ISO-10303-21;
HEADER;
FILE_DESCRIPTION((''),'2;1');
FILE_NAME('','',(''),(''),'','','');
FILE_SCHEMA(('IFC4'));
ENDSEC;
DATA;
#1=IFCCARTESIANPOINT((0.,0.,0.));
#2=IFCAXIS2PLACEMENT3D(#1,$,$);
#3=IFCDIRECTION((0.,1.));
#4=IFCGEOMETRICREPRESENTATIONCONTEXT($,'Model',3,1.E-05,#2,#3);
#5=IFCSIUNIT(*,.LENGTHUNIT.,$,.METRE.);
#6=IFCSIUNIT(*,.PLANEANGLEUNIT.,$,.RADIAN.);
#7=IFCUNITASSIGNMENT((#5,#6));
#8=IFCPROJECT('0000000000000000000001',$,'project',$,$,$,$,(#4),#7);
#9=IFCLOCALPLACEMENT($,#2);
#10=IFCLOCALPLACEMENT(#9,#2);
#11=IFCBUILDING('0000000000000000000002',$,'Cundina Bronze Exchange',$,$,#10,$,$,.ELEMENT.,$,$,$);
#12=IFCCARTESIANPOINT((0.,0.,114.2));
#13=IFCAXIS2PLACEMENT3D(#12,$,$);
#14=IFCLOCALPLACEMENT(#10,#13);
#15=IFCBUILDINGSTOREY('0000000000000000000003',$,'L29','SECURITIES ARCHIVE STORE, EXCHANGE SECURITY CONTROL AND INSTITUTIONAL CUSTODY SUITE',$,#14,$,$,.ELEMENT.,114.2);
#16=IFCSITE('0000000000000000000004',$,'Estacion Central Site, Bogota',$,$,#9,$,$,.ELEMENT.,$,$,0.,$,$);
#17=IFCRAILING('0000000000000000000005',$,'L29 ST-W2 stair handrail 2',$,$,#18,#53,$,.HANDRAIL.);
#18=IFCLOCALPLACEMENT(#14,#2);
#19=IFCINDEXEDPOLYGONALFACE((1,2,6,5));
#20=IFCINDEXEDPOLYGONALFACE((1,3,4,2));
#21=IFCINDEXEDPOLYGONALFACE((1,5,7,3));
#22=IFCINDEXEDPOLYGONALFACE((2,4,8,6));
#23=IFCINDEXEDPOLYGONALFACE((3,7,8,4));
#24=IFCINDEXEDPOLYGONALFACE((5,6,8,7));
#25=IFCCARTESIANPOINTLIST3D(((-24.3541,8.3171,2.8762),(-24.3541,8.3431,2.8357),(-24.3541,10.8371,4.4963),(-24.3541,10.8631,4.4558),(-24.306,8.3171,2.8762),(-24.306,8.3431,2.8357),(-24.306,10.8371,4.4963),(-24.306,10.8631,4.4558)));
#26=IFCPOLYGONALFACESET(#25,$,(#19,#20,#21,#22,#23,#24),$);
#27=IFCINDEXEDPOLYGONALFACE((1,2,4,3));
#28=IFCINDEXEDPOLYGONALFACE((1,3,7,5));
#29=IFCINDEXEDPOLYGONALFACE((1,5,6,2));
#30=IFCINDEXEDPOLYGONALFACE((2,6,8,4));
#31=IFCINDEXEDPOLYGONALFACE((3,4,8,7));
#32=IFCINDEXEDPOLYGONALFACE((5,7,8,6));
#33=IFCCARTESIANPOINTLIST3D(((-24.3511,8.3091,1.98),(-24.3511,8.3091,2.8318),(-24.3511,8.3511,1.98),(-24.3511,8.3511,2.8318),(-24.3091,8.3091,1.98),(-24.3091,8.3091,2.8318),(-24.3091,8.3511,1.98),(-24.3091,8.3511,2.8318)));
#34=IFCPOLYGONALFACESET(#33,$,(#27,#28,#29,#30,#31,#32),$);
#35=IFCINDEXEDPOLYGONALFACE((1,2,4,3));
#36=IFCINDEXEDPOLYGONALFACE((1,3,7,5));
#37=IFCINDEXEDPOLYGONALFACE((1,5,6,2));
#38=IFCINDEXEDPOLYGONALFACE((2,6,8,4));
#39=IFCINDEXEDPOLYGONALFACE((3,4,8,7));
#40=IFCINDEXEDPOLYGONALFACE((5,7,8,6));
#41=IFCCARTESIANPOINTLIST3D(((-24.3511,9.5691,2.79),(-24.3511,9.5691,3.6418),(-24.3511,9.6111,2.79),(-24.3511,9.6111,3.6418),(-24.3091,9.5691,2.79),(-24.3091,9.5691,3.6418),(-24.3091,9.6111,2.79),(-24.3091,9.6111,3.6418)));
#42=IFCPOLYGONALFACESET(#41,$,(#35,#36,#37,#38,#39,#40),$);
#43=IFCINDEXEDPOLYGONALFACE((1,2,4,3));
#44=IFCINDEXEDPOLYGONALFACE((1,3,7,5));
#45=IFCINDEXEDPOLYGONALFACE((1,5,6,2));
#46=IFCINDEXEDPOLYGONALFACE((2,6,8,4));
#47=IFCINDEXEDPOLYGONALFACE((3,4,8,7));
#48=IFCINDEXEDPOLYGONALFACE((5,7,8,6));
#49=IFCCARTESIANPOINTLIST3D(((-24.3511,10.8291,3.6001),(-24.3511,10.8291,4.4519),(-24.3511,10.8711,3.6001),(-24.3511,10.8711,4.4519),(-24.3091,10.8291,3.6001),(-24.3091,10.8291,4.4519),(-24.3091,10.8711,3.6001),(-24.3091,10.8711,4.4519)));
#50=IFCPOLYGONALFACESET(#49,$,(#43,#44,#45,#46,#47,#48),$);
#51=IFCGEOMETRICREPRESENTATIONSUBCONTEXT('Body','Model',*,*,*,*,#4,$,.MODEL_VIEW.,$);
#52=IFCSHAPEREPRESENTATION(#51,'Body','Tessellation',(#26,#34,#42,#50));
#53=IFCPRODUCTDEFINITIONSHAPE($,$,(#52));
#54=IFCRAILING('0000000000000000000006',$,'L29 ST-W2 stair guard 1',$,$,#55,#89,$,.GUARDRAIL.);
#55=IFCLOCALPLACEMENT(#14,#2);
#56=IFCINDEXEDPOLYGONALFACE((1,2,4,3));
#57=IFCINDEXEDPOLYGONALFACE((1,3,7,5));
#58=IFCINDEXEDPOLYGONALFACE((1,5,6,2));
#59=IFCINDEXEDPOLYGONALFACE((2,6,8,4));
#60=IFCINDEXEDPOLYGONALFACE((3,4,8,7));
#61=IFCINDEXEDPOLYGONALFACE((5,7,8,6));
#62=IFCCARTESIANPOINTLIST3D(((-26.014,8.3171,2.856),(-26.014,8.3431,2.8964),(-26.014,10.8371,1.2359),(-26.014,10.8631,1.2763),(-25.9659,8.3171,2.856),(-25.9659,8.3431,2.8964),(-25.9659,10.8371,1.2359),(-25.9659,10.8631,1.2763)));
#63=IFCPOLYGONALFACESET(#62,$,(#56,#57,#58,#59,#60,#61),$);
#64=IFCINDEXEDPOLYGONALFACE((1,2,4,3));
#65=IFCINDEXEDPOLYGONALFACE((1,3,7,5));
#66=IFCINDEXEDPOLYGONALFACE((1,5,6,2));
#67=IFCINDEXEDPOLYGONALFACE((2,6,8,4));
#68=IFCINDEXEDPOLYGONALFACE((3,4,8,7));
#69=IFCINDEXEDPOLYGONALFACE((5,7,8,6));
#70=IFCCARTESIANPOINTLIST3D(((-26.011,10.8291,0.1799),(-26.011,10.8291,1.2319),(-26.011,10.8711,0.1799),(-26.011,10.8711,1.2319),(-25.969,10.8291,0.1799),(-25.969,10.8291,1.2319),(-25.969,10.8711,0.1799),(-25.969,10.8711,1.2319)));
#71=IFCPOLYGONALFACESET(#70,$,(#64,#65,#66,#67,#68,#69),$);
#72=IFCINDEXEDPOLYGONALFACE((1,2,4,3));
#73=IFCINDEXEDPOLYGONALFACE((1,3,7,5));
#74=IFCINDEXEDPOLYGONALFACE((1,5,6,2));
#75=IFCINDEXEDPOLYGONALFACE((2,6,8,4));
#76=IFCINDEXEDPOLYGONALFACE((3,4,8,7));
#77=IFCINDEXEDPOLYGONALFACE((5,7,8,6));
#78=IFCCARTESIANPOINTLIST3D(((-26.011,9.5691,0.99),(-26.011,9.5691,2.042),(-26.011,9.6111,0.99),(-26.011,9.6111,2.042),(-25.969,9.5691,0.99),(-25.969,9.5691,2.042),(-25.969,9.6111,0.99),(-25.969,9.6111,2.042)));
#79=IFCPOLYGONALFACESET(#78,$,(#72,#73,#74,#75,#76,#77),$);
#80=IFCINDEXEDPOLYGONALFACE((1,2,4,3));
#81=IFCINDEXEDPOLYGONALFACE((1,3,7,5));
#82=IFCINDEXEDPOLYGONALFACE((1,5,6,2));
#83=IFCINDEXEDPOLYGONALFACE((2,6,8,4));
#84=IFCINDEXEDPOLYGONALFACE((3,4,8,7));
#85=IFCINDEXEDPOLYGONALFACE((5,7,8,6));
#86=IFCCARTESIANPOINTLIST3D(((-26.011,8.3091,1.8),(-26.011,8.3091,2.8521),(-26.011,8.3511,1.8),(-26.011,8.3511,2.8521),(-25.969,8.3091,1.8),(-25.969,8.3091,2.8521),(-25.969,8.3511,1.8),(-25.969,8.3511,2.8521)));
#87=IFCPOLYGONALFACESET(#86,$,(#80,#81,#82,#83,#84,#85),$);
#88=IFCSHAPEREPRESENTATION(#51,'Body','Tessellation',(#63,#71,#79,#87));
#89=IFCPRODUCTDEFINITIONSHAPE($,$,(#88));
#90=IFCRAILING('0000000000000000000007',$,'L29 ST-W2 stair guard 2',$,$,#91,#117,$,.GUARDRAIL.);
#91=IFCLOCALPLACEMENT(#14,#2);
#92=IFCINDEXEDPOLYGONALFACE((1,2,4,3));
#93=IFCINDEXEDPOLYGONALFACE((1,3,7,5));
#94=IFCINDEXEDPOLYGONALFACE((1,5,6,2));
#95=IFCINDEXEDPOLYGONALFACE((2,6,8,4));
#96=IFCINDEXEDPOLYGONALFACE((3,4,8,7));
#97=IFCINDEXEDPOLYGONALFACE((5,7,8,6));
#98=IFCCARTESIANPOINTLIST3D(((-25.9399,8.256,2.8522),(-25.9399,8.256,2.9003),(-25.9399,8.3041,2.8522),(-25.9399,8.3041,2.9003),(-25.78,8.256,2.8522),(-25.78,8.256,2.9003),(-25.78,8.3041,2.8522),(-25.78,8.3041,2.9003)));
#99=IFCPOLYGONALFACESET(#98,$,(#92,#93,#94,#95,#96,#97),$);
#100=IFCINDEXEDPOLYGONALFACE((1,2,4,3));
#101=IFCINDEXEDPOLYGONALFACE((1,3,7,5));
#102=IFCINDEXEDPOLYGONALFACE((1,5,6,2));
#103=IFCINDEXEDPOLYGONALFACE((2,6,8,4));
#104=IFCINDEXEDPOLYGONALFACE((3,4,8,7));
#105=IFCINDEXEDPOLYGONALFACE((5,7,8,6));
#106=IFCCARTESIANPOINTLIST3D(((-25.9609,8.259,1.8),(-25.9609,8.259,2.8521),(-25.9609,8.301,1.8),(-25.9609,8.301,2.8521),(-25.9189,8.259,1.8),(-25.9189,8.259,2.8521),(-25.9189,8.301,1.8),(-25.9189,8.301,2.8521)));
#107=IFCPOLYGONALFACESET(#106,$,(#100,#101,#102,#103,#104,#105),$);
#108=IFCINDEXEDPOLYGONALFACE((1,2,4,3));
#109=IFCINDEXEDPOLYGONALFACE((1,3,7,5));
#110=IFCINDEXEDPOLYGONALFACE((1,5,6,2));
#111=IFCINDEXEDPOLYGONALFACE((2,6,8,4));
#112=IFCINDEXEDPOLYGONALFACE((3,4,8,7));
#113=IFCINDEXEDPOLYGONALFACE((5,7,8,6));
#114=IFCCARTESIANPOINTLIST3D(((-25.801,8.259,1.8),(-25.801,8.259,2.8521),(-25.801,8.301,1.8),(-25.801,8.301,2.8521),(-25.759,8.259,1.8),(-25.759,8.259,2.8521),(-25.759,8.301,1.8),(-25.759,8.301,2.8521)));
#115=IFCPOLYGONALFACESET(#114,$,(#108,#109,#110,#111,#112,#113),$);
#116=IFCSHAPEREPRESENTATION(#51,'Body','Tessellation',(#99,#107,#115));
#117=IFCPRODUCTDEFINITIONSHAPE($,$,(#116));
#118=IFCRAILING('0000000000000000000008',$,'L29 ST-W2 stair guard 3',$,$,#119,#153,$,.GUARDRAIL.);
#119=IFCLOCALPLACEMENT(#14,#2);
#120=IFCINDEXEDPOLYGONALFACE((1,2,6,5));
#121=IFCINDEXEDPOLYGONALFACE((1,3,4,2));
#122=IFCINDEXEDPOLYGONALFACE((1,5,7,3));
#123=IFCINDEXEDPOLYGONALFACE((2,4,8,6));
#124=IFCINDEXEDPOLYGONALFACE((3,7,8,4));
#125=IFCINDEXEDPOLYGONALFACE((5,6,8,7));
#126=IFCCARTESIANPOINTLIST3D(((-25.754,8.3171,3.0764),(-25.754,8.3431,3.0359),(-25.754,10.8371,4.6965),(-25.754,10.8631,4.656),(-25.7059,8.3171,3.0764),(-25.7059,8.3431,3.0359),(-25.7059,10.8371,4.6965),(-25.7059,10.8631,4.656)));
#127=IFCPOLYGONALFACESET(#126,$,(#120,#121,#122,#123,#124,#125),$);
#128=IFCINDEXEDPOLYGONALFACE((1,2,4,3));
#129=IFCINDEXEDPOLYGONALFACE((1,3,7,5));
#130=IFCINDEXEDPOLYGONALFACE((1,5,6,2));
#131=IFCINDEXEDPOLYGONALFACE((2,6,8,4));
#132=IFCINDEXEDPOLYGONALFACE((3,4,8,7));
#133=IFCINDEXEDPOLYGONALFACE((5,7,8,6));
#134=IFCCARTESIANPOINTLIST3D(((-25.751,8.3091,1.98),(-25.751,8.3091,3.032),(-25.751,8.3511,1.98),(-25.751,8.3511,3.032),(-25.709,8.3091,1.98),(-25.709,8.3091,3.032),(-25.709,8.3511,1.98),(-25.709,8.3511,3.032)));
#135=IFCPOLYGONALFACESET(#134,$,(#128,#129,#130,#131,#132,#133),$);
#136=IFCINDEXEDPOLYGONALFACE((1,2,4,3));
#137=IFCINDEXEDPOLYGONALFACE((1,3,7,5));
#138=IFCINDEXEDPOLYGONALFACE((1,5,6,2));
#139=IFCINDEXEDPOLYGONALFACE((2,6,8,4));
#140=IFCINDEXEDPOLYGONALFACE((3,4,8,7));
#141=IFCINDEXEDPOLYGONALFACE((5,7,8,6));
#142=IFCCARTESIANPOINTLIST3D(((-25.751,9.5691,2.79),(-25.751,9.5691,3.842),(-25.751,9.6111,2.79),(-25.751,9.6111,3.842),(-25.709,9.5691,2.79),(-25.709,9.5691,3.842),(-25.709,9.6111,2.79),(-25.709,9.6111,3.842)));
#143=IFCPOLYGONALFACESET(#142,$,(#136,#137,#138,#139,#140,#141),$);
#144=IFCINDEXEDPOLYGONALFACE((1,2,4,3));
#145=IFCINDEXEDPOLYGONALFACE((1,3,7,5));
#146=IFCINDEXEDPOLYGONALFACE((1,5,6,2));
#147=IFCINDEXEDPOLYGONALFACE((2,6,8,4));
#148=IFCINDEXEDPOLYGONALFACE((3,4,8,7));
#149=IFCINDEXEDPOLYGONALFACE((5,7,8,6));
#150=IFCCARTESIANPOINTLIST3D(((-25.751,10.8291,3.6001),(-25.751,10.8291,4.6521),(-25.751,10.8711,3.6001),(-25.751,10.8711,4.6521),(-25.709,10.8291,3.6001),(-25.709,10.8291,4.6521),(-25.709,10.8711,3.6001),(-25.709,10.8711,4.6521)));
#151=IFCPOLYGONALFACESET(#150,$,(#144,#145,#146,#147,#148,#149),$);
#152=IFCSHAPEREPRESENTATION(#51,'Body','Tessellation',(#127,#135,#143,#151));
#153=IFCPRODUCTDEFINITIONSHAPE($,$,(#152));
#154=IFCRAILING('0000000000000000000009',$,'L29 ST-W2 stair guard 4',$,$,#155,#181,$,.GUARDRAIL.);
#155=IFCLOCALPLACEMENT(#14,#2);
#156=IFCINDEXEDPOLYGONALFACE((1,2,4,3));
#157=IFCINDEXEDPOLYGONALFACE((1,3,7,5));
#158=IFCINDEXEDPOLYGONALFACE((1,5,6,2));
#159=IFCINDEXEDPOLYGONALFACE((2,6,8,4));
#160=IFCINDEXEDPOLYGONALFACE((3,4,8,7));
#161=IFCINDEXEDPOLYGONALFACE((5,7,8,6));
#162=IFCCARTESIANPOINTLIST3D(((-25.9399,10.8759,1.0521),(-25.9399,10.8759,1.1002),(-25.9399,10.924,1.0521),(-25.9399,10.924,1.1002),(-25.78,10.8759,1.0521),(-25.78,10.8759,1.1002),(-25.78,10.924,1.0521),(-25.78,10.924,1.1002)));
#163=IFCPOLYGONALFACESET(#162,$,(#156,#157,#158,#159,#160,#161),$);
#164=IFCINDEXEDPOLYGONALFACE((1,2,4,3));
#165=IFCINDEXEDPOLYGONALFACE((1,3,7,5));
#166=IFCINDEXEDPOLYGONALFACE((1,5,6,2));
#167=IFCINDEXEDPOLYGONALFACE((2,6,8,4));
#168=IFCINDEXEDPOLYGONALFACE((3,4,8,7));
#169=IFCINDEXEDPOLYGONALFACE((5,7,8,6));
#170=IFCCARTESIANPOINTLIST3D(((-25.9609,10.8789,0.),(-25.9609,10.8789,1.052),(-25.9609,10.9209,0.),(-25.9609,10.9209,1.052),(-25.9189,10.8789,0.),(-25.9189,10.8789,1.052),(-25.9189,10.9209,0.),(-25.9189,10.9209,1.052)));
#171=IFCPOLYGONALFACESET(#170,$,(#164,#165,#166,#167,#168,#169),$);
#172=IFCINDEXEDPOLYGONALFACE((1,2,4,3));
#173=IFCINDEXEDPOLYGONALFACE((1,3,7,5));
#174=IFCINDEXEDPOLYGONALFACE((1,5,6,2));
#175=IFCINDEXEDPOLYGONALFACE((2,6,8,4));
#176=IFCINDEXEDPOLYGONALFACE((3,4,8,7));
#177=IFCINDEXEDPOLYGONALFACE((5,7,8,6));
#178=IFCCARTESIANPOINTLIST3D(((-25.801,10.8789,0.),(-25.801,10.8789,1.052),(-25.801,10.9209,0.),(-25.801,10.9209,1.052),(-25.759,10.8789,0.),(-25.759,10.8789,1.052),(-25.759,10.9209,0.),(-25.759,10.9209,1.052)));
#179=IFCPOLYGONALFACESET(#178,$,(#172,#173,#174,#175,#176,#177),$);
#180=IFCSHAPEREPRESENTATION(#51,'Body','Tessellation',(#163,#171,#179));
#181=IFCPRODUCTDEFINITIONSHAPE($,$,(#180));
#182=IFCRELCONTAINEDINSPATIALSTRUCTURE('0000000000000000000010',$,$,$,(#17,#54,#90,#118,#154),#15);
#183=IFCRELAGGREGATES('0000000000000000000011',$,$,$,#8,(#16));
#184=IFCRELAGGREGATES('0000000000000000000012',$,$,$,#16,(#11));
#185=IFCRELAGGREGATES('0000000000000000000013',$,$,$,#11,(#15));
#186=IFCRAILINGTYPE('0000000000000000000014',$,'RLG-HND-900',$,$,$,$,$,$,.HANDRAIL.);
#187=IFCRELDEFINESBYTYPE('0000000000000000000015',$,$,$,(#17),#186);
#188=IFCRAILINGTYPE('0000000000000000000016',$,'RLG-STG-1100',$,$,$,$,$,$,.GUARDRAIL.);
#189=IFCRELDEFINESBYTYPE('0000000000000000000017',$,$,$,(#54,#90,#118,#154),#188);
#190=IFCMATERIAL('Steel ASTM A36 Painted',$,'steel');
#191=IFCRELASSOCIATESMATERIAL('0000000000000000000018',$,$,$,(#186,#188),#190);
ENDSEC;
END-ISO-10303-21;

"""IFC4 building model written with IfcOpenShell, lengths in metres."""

from ifc_helpers import new_model, si_unit, direction, frame, origin, origin_2d, place, context, subcontext, project, spatial, rectangle, extrude, material, type_object, element, save


model = new_model("IFC4")

# Units and contexts
model_context = context("Model", 3, precision=1e-05, world=origin(), true_north=direction((0.0, 1.0)))
body_context = subcontext(model_context, "Body", "Model", "MODEL_VIEW")
ifc_project = project(units=[si_unit("LENGTHUNIT", "METRE"), si_unit("PLANEANGLEUNIT", "RADIAN")], contexts=[model_context])

# Site, building, storey
site_placement = place(None, origin())
site = spatial("IfcSite", under=ifc_project, at=site_placement, Name="Estacion Central Site, Bogota", CompositionType="ELEMENT", RefElevation=0.0)
building_placement = place(site_placement, origin())
building = spatial("IfcBuilding", under=site, at=building_placement, Name="Cundina Bronze Exchange", CompositionType="ELEMENT")
storey_placement = place(building_placement, frame((0.0, 0.0, 114.2)))
storey = spatial("IfcBuildingStorey", under=building, at=storey_placement, Name="L29", Description="SECURITIES ARCHIVE STORE, EXCHANGE SECURITY CONTROL AND INSTITUTIONAL CUSTODY SUITE", CompositionType="ELEMENT", Elevation=114.2)

# Shared definitions
ifc_material_1 = material(Name="Steel ASTM A36 Painted", Category="steel")

# Railings
railing_type_1 = type_object("IfcRailingType", Name="RLG-HND-900", PredefinedType="HANDRAIL", material=ifc_material_1)
railing_1_placement = place(storey_placement, frame((-24.3301, 8.3301, 1.98)))
element("IfcRailing", 1, at=railing_1_placement, inside=storey, type_object=railing_type_1, Name="L29 ST-W2 stair handrail 2", PredefinedType="HANDRAIL", context=body_context, shape_type="SweptSolid", body=[
    extrude(rectangle(XDim=0.0481, YDim=0.0481, at=origin_2d()), frame((0.0, 0.0, 0.876), z_axis=(0.0, 0.841163, 0.540782), x_axis=(-1.0, 0.0, 0.0)), (0.0, 0.0, 1.0), 2.9958),
    extrude(rectangle(XDim=0.042, YDim=0.042, at=origin_2d()), origin(), (0.0, 0.0, 1.0), 0.8518),
    extrude(rectangle(XDim=0.042, YDim=0.042, at=origin_2d()), frame((0.0, 1.26, 0.8101)), (0.0, 0.0, 1.0), 0.8518),
    extrude(rectangle(XDim=0.042, YDim=0.042, at=origin_2d()), frame((0.0, 2.52, 1.6201)), (0.0, 0.0, 1.0), 0.8518),
])
railing_type_2 = type_object("IfcRailingType", Name="RLG-STG-1100", PredefinedType="GUARDRAIL", material=ifc_material_1)
railing_2_placement = place(storey_placement, frame((-25.99, 10.8501, 0.1799)))
element("IfcRailing", 2, at=railing_2_placement, inside=storey, type_object=railing_type_2, Name="L29 ST-W2 stair guard 1", PredefinedType="GUARDRAIL", context=body_context, shape_type="SweptSolid", body=[
    extrude(rectangle(XDim=0.0481, YDim=0.0481, at=origin_2d()), frame((0.0, 0.0, 1.0762), z_axis=(0.0, -0.841163, 0.540782), x_axis=(1.0, 0.0, 0.0)), (0.0, 0.0, 1.0), 2.9958),
    extrude(rectangle(XDim=0.042, YDim=0.042, at=origin_2d()), origin(), (0.0, 0.0, 1.0), 1.052),
    extrude(rectangle(XDim=0.042, YDim=0.042, at=origin_2d()), frame((0.0, -1.26, 0.8101)), (0.0, 0.0, 1.0), 1.052),
    extrude(rectangle(XDim=0.042, YDim=0.042, at=origin_2d()), frame((0.0, -2.52, 1.6201)), (0.0, 0.0, 1.0), 1.052),
])
railing_3_placement = place(storey_placement, frame((-25.9399, 8.28, 1.8)))
element("IfcRailing", 3, at=railing_3_placement, inside=storey, type_object=railing_type_2, Name="L29 ST-W2 stair guard 2", PredefinedType="GUARDRAIL", context=body_context, shape_type="SweptSolid", body=[
    extrude(rectangle(XDim=0.0481, YDim=0.0481, at=origin_2d()), frame((0.0, 0.0, 1.0762), z_axis=(1.0, 0.0, 0.0), x_axis=(0.0, 1.0, 0.0)), (0.0, 0.0, 1.0), 0.1599),
    extrude(rectangle(XDim=0.042, YDim=0.042, at=origin_2d()), origin(), (0.0, 0.0, 1.0), 1.052),
    extrude(rectangle(XDim=0.042, YDim=0.042, at=origin_2d()), frame((0.1599, 0.0, 0.0)), (0.0, 0.0, 1.0), 1.052),
])
railing_4_placement = place(storey_placement, frame((-25.73, 8.3301, 1.98)))
element("IfcRailing", 4, at=railing_4_placement, inside=storey, type_object=railing_type_2, Name="L29 ST-W2 stair guard 3", PredefinedType="GUARDRAIL", context=body_context, shape_type="SweptSolid", body=[
    extrude(rectangle(XDim=0.0481, YDim=0.0481, at=origin_2d()), frame((0.0, 0.0, 1.0762), z_axis=(0.0, 0.841163, 0.540782), x_axis=(-1.0, 0.0, 0.0)), (0.0, 0.0, 1.0), 2.9958),
    extrude(rectangle(XDim=0.042, YDim=0.042, at=origin_2d()), origin(), (0.0, 0.0, 1.0), 1.052),
    extrude(rectangle(XDim=0.042, YDim=0.042, at=origin_2d()), frame((0.0, 1.26, 0.8101)), (0.0, 0.0, 1.0), 1.052),
    extrude(rectangle(XDim=0.042, YDim=0.042, at=origin_2d()), frame((0.0, 2.52, 1.6201)), (0.0, 0.0, 1.0), 1.052),
])
railing_5_placement = place(storey_placement, frame((-25.9399, 10.8999, 0.0)))
element("IfcRailing", 5, at=railing_5_placement, inside=storey, type_object=railing_type_2, Name="L29 ST-W2 stair guard 4", PredefinedType="GUARDRAIL", context=body_context, shape_type="SweptSolid", body=[
    extrude(rectangle(XDim=0.0481, YDim=0.0481, at=origin_2d()), frame((0.0, 0.0, 1.0762), z_axis=(1.0, 0.0, 0.0), x_axis=(0.0, 1.0, 0.0)), (0.0, 0.0, 1.0), 0.1599),
    extrude(rectangle(XDim=0.042, YDim=0.042, at=origin_2d()), origin(), (0.0, 0.0, 1.0), 1.052),
    extrude(rectangle(XDim=0.042, YDim=0.042, at=origin_2d()), frame((0.1599, 0.0, 0.0)), (0.0, 0.0, 1.0), 1.052),
])

save(model, "model.ifc")
